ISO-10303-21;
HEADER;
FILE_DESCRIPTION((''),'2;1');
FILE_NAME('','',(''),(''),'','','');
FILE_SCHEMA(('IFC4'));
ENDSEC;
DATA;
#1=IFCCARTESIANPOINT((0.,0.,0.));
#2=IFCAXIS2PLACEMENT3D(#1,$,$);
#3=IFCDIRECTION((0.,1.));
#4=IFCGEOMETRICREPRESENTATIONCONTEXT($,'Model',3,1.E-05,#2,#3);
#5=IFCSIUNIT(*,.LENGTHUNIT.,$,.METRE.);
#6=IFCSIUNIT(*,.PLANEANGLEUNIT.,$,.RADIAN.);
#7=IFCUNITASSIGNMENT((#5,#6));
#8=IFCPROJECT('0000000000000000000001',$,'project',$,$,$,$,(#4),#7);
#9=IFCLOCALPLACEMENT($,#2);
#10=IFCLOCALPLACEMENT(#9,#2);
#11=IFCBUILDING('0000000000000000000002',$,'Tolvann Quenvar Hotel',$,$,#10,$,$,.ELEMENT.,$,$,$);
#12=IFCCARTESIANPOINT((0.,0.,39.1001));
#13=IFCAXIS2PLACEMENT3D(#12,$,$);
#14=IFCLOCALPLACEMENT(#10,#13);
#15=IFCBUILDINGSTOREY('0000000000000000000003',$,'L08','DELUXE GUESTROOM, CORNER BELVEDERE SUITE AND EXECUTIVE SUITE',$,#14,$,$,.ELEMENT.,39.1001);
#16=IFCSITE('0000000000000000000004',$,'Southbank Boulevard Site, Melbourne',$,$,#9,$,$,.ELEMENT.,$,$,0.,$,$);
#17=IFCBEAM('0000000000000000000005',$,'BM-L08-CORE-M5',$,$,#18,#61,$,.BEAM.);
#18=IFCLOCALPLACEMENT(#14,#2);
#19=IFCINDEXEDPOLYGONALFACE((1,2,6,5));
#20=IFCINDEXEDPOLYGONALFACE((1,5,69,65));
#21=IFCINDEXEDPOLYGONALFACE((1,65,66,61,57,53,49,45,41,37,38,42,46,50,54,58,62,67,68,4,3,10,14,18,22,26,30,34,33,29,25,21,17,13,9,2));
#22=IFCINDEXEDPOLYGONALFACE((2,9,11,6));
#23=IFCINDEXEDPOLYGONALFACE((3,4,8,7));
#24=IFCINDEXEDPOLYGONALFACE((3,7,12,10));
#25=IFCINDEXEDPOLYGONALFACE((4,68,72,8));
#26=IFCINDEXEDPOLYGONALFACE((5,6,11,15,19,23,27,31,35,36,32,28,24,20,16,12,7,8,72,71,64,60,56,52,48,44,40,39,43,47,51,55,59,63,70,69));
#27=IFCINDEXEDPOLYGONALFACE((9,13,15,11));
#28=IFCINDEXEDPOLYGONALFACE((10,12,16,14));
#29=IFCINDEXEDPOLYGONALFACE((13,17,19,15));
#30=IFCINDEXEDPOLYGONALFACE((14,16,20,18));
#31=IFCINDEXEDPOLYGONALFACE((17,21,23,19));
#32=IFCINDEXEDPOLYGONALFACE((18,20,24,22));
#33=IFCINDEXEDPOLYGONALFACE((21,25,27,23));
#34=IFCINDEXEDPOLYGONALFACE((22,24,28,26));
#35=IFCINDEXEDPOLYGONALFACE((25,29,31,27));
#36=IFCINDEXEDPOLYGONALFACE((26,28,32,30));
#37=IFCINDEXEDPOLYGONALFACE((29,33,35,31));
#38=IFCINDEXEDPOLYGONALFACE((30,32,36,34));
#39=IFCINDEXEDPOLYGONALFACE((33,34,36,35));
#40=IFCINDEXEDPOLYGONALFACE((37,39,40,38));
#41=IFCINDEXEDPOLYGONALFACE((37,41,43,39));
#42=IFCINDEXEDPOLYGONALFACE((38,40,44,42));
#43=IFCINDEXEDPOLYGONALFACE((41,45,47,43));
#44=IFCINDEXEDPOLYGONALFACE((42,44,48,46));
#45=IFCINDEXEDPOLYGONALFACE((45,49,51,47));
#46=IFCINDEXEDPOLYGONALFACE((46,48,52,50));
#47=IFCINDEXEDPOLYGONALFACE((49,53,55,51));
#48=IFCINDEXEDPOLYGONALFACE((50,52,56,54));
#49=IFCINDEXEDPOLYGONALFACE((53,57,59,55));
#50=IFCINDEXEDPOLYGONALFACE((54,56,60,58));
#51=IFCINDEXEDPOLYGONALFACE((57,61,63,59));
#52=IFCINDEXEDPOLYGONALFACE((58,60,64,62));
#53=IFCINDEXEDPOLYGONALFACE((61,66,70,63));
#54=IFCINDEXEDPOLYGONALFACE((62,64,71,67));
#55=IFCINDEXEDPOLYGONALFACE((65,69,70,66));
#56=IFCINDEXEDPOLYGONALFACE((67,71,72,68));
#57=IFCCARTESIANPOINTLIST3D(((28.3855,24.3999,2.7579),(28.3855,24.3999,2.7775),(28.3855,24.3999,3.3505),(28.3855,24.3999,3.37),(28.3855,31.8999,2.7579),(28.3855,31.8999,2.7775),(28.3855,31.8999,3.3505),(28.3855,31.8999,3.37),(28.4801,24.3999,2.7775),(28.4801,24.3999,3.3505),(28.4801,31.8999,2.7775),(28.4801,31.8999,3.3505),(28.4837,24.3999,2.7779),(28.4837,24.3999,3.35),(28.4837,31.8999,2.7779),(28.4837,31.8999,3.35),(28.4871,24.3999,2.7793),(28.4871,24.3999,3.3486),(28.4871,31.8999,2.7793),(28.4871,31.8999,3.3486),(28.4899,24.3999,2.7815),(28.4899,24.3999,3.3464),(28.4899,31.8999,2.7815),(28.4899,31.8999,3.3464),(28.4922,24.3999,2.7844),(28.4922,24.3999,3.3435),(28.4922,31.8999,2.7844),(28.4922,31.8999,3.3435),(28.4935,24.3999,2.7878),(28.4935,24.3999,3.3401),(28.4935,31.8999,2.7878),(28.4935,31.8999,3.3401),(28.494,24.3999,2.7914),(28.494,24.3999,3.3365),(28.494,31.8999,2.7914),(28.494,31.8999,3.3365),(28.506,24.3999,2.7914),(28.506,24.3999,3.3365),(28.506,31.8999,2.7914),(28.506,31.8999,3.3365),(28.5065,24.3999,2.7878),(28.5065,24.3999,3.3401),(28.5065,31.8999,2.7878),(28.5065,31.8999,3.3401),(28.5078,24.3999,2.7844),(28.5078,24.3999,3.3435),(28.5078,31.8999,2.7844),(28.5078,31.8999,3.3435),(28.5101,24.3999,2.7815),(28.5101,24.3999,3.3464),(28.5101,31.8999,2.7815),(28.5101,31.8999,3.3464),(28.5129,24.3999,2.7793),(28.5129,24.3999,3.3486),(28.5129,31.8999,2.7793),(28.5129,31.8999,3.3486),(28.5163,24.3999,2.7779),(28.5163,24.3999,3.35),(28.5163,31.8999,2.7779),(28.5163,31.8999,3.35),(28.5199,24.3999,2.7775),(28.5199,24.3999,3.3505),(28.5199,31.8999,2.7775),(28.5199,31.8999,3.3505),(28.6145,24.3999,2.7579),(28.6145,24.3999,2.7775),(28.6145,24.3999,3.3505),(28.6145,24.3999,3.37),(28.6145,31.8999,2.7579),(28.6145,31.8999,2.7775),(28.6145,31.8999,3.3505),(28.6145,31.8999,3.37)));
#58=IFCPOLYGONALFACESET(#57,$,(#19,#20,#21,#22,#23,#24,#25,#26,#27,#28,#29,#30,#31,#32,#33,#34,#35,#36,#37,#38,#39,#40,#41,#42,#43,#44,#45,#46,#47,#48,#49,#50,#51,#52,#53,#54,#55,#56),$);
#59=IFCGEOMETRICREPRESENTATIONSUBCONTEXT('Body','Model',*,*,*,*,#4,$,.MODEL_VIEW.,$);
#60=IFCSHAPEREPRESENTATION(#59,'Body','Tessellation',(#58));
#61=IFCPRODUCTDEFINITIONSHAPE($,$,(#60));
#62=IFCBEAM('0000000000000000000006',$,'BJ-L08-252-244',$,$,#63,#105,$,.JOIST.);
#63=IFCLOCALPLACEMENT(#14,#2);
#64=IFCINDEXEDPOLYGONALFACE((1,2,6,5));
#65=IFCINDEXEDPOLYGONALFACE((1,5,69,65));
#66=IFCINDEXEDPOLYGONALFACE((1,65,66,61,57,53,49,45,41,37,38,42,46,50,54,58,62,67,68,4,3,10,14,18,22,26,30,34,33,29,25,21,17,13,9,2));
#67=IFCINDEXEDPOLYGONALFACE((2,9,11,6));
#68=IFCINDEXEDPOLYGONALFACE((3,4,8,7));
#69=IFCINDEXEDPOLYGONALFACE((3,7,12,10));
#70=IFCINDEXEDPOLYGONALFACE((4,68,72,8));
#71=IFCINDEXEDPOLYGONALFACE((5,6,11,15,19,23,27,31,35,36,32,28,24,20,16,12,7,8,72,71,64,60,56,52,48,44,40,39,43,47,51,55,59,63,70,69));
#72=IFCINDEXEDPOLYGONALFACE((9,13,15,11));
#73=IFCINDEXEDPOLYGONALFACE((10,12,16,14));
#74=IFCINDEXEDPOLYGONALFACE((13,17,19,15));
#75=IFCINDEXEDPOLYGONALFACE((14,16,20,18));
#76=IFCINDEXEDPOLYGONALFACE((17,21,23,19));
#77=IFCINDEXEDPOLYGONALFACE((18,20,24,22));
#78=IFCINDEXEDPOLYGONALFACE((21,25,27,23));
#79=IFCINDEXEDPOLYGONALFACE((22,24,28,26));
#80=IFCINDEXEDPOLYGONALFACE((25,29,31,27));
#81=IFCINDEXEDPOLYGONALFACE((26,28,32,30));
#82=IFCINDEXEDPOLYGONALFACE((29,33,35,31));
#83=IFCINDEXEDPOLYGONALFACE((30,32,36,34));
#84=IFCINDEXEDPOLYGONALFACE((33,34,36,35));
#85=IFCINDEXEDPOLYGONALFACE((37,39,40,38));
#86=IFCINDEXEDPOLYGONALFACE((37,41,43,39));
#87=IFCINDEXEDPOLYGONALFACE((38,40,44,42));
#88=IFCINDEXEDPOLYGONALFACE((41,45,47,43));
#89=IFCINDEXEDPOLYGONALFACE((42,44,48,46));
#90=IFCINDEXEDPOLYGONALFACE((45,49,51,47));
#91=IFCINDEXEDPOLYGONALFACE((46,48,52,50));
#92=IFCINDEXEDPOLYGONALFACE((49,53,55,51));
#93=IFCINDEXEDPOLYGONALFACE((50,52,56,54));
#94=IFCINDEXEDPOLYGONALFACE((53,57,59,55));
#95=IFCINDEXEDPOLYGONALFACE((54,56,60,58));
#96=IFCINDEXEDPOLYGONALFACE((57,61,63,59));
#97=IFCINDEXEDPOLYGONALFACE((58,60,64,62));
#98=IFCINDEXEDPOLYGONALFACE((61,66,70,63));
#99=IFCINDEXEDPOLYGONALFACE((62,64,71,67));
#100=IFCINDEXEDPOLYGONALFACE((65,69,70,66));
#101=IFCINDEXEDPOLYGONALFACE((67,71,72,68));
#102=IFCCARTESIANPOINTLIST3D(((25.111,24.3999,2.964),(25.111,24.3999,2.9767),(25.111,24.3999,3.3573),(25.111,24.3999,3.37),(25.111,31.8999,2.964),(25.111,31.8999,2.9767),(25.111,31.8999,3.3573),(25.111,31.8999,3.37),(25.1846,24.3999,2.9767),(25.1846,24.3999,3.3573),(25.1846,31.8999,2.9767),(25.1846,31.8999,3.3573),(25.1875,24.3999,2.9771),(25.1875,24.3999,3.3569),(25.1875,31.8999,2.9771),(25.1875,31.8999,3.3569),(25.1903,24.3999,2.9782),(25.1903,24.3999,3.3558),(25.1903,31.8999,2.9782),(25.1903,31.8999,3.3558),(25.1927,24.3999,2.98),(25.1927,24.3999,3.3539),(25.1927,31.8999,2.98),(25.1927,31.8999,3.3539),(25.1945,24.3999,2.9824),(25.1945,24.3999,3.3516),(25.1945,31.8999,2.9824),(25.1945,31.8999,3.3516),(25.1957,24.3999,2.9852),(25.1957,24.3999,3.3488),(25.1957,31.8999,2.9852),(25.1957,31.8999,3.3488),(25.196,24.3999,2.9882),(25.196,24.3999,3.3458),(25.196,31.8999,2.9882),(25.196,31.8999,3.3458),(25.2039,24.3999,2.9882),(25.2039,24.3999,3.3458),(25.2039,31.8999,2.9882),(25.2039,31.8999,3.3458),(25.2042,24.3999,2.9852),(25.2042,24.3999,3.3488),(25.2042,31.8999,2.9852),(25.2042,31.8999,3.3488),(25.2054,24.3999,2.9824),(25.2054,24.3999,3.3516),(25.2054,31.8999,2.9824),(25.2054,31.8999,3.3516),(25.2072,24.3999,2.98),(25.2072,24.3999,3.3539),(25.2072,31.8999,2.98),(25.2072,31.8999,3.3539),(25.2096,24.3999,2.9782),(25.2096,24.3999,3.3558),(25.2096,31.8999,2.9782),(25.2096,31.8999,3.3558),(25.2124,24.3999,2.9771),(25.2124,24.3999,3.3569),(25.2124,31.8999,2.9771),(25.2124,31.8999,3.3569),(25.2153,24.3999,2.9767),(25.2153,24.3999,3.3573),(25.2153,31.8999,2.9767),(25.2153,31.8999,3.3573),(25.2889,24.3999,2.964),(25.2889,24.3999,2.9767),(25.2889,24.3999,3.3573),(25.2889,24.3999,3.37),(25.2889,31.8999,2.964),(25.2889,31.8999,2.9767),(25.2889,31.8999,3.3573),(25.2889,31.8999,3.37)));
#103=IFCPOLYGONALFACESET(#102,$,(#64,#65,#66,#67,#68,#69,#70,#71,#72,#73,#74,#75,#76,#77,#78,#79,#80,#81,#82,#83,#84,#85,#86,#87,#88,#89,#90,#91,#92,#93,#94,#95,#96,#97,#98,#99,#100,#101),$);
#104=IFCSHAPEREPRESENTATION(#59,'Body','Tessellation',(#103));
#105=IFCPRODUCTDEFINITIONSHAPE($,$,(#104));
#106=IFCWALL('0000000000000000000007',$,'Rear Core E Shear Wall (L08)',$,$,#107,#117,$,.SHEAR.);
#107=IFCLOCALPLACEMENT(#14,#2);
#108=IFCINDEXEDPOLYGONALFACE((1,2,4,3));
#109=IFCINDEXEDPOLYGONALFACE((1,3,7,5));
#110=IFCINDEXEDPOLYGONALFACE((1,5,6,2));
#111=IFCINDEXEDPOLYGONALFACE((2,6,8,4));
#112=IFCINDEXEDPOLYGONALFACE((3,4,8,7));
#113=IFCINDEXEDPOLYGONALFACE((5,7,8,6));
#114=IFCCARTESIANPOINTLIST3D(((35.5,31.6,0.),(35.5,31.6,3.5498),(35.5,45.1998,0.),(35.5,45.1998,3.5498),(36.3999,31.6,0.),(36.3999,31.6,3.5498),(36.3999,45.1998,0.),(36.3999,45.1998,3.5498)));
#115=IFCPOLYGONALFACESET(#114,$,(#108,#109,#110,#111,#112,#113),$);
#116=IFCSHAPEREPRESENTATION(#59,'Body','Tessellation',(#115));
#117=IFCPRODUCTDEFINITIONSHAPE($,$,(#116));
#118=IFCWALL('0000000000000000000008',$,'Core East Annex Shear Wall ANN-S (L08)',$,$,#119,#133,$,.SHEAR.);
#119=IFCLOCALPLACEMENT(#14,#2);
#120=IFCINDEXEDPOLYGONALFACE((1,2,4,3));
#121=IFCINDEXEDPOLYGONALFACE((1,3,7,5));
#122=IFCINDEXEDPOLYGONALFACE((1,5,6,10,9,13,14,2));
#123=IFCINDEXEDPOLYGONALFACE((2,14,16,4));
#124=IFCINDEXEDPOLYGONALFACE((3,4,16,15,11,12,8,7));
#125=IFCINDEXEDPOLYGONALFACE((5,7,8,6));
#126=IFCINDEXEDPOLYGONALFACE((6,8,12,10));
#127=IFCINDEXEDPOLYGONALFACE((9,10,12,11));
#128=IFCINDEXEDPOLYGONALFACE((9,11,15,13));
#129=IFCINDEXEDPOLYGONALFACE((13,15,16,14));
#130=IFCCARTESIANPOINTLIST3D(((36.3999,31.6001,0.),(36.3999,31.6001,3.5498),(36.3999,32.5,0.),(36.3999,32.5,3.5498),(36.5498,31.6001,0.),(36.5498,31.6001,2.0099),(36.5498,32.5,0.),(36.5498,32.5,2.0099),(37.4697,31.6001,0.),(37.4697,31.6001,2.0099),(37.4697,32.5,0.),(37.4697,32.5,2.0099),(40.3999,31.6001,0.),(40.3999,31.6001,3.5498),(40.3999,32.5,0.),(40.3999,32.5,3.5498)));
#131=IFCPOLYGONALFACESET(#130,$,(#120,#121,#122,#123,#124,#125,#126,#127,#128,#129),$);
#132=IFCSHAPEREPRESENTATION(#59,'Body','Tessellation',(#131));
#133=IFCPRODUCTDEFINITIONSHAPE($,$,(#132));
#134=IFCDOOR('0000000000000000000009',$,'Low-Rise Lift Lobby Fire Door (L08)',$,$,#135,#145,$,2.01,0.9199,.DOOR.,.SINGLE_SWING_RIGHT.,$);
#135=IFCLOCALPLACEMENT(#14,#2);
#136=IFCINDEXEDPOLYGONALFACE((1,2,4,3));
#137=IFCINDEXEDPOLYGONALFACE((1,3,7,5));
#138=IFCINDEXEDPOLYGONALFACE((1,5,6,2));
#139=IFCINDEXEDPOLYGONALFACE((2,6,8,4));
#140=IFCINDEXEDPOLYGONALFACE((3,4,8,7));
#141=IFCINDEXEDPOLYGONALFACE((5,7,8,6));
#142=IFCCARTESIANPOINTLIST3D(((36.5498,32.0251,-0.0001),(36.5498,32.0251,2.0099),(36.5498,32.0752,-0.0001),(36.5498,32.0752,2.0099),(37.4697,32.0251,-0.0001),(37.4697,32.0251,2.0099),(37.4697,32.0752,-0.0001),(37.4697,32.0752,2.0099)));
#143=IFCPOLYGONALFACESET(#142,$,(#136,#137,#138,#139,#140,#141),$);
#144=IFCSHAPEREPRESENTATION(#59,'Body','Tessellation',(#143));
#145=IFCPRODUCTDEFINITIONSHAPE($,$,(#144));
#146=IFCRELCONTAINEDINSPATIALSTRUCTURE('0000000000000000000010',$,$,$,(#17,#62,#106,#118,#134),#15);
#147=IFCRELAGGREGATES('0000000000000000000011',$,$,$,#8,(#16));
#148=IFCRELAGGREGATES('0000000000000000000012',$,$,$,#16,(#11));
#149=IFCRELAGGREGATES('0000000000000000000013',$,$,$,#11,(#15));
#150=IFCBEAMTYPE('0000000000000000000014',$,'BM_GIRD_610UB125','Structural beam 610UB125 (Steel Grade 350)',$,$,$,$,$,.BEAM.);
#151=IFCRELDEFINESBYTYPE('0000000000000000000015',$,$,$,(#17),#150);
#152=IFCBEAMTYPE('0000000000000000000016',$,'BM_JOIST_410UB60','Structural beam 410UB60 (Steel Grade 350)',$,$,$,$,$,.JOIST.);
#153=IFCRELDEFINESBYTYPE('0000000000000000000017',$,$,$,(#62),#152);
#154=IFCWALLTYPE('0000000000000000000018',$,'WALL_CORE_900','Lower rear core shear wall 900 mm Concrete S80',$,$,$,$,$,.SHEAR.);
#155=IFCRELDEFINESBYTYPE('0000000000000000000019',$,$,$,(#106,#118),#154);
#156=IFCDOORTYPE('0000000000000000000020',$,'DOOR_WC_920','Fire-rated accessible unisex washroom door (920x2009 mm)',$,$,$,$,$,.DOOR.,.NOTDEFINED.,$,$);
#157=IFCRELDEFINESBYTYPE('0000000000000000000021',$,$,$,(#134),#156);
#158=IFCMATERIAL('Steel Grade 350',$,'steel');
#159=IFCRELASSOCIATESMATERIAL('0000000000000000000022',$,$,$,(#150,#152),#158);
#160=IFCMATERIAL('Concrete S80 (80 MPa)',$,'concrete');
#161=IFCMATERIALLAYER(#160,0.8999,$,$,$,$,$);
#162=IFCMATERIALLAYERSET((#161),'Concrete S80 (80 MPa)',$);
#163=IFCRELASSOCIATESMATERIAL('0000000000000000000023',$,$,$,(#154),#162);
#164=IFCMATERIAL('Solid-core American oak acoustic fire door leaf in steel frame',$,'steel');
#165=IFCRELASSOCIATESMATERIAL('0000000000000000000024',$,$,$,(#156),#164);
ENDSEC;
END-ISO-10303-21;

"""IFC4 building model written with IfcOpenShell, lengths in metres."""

from ifc_helpers import new_model, si_unit, direction, frame, frame_2d, origin, origin_2d, place, context, subcontext, project, spatial, rectangle, i_section, extrude, source, transform, mapped, material, layer, layer_set, material_profile, profile_set, type_object, type_shapes, element, fill, save


model = new_model("IFC4")

# Units and contexts
model_context = context("Model", 3, precision=1e-05, world=origin(), true_north=direction((0.0, 1.0)))
body_context = subcontext(model_context, "Body", "Model", "MODEL_VIEW")
ifc_project = project(units=[si_unit("LENGTHUNIT", "METRE"), si_unit("PLANEANGLEUNIT", "RADIAN")], contexts=[model_context])

# Site, building, storey
site_placement = place(None, origin())
site = spatial("IfcSite", under=ifc_project, at=site_placement, Name="Southbank Boulevard Site, Melbourne", CompositionType="ELEMENT", RefElevation=0.0)
building_placement = place(site_placement, origin())
building = spatial("IfcBuilding", under=site, at=building_placement, Name="Tolvann Quenvar Hotel", CompositionType="ELEMENT")
storey_placement = place(building_placement, frame((0.0, 0.0, 39.1001)))
storey = spatial("IfcBuildingStorey", under=building, at=storey_placement, Name="L08", Description="DELUXE GUESTROOM, CORNER BELVEDERE SUITE AND EXECUTIVE SUITE", CompositionType="ELEMENT", Elevation=39.1001)

# Shared definitions
ifc_material_1 = material(Name="Steel Grade 350", Category="steel")

# Beams
ifc_material_profile_1 = material_profile(ifc_material_1, i_section(OverallWidth=0.229, OverallDepth=0.6121, WebThickness=0.012, FlangeThickness=0.0195, FilletRadius=0.0139, at=origin_2d()), Name="610UB125")
ifc_profile_set_1 = profile_set([ifc_material_profile_1], Name="Steel Grade 350")
beam_type_1 = type_object("IfcBeamType", Name="BM_GIRD_610UB125", Description="Structural beam 610UB125 (Steel Grade 350)", PredefinedType="BEAM", material=ifc_profile_set_1)
shared_shape_1 = source(origin(), body_context, "Body", "SweptSolid", [
    extrude(i_section(OverallWidth=0.229, OverallDepth=0.6121, WebThickness=0.012, FlangeThickness=0.0195, FilletRadius=0.0139, at=origin_2d()), origin(), (0.0, 0.0, 1.0), 7.5),
])
for number, where, z_axis, x_axis, name in (
    (1, (28.5, 24.3999, 3.064), (0.0, 1.0, 0.0), (-1.0, 0.0, 0.0), "BM-L08-CORE-M5"),
):
    element("IfcBeam", number, at=place(storey_placement, frame(where, z_axis=z_axis, x_axis=x_axis)), inside=storey, type_object=beam_type_1, Name=name, PredefinedType="BEAM", context=body_context, shape_type="MappedRepresentation", body=[
        mapped(shared_shape_1, transform((0.0, 0.0, 0.0), x_axis=(1.0, 0.0, 0.0), y_axis=(0.0, 1.0, 0.0), z_axis=(0.0, 0.0, 1.0), scale=1.0)),
    ])
ifc_material_profile_2 = material_profile(ifc_material_1, i_section(OverallWidth=0.178, OverallDepth=0.406, WebThickness=0.0078, FlangeThickness=0.0127, FilletRadius=0.0115, at=origin_2d()), Name="410UB60")
ifc_profile_set_2 = profile_set([ifc_material_profile_2], Name="Steel Grade 350")
beam_type_2 = type_object("IfcBeamType", Name="BM_JOIST_410UB60", Description="Structural beam 410UB60 (Steel Grade 350)", PredefinedType="JOIST", material=ifc_profile_set_2)
shared_shape_2 = source(origin(), body_context, "Body", "SweptSolid", [
    extrude(i_section(OverallWidth=0.178, OverallDepth=0.406, WebThickness=0.0078, FlangeThickness=0.0127, FilletRadius=0.0115, at=origin_2d()), origin(), (0.0, 0.0, 1.0), 7.5),
])
type_shapes(beam_type_2, [shared_shape_2])
beam_1_placement = place(storey_placement, frame((25.2, 24.3999, 3.167), z_axis=(0.0, 1.0, 0.0), x_axis=(-1.0, 0.0, 0.0)))
element("IfcBeam", 2, at=beam_1_placement, inside=storey, type_object=beam_type_2, Name="BJ-L08-252-244", PredefinedType="JOIST", context=body_context, shape_type="MappedRepresentation", body=[
    mapped(shared_shape_2, transform((0.0, 0.0, 0.0), x_axis=(1.0, 0.0, 0.0), y_axis=(0.0, 1.0, 0.0), z_axis=(0.0, 0.0, 1.0), scale=1.0)),
])

# Wall
ifc_material_2 = material(Name="Concrete S80 (80 MPa)", Category="concrete")
ifc_layer_1 = layer(ifc_material_2, 0.8999)
ifc_layer_set_1 = layer_set([ifc_layer_1], Name="Concrete S80 (80 MPa)")
wall_type_1 = type_object("IfcWallType", Name="WALL_CORE_900", Description="Lower rear core shear wall 900 mm Concrete S80", PredefinedType="SHEAR", material=ifc_layer_set_1)
wall_1_placement = place(storey_placement, frame((35.95, 31.6001, 0.0), z_axis=(0.0, 0.0, 1.0), x_axis=(0.0, 1.0, 0.0)))
element("IfcWall", 3, at=wall_1_placement, inside=storey, type_object=wall_type_1, Name="Rear Core E Shear Wall (L08)", PredefinedType="SHEAR", context=body_context, shape_type="SweptSolid", body=[
    extrude(rectangle(XDim=13.5999, YDim=0.8999, at=frame_2d((6.7998, 0.0))), origin(), (0.0, 0.0, 1.0), 3.5498),
])

# Wall, opening, door
wall_2_placement = place(storey_placement, frame((36.3999, 32.05, 0.0), z_axis=(0.0, 0.0, 1.0), x_axis=(1.0, 0.0, 0.0)))
wall_2 = element("IfcWall", 4, at=wall_2_placement, inside=storey, type_object=wall_type_1, Name="Core East Annex Shear Wall ANN-S (L08)", PredefinedType="SHEAR", context=body_context, shape_type="SweptSolid", body=[
    extrude(rectangle(XDim=4.0, YDim=0.8999, at=frame_2d((2.0, 0.0))), origin(), (0.0, 0.0, 1.0), 3.5498),
])
opening_1_placement = place(wall_2_placement, frame((1.0698, 0.0, 0.0), z_axis=(0.0, 0.0, 1.0), x_axis=(-1.0, 0.0, 0.0)))
opening_1 = element("IfcOpeningElement", 5, at=opening_1_placement, cuts=wall_2, PredefinedType="OPENING", context=body_context, shape_type="SweptSolid", body=[
    extrude(rectangle(XDim=0.9199, YDim=2.01, at=frame_2d((0.46, 1.0049))), frame((0.0, 0.46, 0.0), z_axis=(0.0, -1.0, 0.0), x_axis=(1.0, 0.0, 0.0)), (0.0, 0.0, 1.0), 0.9199),
])
ifc_material_3 = material(Name="Solid-core American oak acoustic fire door leaf in steel frame", Category="steel")
door_type_1 = type_object("IfcDoorType", Name="DOOR_WC_920", Description="Fire-rated accessible unisex washroom door (920x2009 mm)", OperationType="NOTDEFINED", PredefinedType="DOOR", material=ifc_material_3)
shared_shape_3 = source(origin(), body_context, "Body", "SweptSolid", [
    extrude(rectangle(XDim=0.9199, YDim=2.01, at=frame_2d((0.46, 1.0049))), frame((0.0, 0.0249, 0.0), z_axis=(0.0, -1.0, 0.0), x_axis=(1.0, 0.0, 0.0)), (0.0, 0.0, 1.0), 0.05),
])
type_shapes(door_type_1, [shared_shape_3])
door_1_placement = place(opening_1_placement, origin())
door_1 = element("IfcDoor", 6, at=door_1_placement, inside=storey, type_object=door_type_1, Name="Low-Rise Lift Lobby Fire Door (L08)", OperationType="SINGLE_SWING_RIGHT", OverallHeight=2.01, OverallWidth=0.9199, PredefinedType="DOOR", context=body_context, shape_type="MappedRepresentation", body=[
    mapped(shared_shape_3, transform((0.0, 0.0, 0.0), x_axis=(1.0, 0.0, 0.0), y_axis=(0.0, 1.0, 0.0), z_axis=(0.0, 0.0, 1.0), scale=1.0)),
])
fill(opening_1, door_1)

save(model, "model.ifc")
